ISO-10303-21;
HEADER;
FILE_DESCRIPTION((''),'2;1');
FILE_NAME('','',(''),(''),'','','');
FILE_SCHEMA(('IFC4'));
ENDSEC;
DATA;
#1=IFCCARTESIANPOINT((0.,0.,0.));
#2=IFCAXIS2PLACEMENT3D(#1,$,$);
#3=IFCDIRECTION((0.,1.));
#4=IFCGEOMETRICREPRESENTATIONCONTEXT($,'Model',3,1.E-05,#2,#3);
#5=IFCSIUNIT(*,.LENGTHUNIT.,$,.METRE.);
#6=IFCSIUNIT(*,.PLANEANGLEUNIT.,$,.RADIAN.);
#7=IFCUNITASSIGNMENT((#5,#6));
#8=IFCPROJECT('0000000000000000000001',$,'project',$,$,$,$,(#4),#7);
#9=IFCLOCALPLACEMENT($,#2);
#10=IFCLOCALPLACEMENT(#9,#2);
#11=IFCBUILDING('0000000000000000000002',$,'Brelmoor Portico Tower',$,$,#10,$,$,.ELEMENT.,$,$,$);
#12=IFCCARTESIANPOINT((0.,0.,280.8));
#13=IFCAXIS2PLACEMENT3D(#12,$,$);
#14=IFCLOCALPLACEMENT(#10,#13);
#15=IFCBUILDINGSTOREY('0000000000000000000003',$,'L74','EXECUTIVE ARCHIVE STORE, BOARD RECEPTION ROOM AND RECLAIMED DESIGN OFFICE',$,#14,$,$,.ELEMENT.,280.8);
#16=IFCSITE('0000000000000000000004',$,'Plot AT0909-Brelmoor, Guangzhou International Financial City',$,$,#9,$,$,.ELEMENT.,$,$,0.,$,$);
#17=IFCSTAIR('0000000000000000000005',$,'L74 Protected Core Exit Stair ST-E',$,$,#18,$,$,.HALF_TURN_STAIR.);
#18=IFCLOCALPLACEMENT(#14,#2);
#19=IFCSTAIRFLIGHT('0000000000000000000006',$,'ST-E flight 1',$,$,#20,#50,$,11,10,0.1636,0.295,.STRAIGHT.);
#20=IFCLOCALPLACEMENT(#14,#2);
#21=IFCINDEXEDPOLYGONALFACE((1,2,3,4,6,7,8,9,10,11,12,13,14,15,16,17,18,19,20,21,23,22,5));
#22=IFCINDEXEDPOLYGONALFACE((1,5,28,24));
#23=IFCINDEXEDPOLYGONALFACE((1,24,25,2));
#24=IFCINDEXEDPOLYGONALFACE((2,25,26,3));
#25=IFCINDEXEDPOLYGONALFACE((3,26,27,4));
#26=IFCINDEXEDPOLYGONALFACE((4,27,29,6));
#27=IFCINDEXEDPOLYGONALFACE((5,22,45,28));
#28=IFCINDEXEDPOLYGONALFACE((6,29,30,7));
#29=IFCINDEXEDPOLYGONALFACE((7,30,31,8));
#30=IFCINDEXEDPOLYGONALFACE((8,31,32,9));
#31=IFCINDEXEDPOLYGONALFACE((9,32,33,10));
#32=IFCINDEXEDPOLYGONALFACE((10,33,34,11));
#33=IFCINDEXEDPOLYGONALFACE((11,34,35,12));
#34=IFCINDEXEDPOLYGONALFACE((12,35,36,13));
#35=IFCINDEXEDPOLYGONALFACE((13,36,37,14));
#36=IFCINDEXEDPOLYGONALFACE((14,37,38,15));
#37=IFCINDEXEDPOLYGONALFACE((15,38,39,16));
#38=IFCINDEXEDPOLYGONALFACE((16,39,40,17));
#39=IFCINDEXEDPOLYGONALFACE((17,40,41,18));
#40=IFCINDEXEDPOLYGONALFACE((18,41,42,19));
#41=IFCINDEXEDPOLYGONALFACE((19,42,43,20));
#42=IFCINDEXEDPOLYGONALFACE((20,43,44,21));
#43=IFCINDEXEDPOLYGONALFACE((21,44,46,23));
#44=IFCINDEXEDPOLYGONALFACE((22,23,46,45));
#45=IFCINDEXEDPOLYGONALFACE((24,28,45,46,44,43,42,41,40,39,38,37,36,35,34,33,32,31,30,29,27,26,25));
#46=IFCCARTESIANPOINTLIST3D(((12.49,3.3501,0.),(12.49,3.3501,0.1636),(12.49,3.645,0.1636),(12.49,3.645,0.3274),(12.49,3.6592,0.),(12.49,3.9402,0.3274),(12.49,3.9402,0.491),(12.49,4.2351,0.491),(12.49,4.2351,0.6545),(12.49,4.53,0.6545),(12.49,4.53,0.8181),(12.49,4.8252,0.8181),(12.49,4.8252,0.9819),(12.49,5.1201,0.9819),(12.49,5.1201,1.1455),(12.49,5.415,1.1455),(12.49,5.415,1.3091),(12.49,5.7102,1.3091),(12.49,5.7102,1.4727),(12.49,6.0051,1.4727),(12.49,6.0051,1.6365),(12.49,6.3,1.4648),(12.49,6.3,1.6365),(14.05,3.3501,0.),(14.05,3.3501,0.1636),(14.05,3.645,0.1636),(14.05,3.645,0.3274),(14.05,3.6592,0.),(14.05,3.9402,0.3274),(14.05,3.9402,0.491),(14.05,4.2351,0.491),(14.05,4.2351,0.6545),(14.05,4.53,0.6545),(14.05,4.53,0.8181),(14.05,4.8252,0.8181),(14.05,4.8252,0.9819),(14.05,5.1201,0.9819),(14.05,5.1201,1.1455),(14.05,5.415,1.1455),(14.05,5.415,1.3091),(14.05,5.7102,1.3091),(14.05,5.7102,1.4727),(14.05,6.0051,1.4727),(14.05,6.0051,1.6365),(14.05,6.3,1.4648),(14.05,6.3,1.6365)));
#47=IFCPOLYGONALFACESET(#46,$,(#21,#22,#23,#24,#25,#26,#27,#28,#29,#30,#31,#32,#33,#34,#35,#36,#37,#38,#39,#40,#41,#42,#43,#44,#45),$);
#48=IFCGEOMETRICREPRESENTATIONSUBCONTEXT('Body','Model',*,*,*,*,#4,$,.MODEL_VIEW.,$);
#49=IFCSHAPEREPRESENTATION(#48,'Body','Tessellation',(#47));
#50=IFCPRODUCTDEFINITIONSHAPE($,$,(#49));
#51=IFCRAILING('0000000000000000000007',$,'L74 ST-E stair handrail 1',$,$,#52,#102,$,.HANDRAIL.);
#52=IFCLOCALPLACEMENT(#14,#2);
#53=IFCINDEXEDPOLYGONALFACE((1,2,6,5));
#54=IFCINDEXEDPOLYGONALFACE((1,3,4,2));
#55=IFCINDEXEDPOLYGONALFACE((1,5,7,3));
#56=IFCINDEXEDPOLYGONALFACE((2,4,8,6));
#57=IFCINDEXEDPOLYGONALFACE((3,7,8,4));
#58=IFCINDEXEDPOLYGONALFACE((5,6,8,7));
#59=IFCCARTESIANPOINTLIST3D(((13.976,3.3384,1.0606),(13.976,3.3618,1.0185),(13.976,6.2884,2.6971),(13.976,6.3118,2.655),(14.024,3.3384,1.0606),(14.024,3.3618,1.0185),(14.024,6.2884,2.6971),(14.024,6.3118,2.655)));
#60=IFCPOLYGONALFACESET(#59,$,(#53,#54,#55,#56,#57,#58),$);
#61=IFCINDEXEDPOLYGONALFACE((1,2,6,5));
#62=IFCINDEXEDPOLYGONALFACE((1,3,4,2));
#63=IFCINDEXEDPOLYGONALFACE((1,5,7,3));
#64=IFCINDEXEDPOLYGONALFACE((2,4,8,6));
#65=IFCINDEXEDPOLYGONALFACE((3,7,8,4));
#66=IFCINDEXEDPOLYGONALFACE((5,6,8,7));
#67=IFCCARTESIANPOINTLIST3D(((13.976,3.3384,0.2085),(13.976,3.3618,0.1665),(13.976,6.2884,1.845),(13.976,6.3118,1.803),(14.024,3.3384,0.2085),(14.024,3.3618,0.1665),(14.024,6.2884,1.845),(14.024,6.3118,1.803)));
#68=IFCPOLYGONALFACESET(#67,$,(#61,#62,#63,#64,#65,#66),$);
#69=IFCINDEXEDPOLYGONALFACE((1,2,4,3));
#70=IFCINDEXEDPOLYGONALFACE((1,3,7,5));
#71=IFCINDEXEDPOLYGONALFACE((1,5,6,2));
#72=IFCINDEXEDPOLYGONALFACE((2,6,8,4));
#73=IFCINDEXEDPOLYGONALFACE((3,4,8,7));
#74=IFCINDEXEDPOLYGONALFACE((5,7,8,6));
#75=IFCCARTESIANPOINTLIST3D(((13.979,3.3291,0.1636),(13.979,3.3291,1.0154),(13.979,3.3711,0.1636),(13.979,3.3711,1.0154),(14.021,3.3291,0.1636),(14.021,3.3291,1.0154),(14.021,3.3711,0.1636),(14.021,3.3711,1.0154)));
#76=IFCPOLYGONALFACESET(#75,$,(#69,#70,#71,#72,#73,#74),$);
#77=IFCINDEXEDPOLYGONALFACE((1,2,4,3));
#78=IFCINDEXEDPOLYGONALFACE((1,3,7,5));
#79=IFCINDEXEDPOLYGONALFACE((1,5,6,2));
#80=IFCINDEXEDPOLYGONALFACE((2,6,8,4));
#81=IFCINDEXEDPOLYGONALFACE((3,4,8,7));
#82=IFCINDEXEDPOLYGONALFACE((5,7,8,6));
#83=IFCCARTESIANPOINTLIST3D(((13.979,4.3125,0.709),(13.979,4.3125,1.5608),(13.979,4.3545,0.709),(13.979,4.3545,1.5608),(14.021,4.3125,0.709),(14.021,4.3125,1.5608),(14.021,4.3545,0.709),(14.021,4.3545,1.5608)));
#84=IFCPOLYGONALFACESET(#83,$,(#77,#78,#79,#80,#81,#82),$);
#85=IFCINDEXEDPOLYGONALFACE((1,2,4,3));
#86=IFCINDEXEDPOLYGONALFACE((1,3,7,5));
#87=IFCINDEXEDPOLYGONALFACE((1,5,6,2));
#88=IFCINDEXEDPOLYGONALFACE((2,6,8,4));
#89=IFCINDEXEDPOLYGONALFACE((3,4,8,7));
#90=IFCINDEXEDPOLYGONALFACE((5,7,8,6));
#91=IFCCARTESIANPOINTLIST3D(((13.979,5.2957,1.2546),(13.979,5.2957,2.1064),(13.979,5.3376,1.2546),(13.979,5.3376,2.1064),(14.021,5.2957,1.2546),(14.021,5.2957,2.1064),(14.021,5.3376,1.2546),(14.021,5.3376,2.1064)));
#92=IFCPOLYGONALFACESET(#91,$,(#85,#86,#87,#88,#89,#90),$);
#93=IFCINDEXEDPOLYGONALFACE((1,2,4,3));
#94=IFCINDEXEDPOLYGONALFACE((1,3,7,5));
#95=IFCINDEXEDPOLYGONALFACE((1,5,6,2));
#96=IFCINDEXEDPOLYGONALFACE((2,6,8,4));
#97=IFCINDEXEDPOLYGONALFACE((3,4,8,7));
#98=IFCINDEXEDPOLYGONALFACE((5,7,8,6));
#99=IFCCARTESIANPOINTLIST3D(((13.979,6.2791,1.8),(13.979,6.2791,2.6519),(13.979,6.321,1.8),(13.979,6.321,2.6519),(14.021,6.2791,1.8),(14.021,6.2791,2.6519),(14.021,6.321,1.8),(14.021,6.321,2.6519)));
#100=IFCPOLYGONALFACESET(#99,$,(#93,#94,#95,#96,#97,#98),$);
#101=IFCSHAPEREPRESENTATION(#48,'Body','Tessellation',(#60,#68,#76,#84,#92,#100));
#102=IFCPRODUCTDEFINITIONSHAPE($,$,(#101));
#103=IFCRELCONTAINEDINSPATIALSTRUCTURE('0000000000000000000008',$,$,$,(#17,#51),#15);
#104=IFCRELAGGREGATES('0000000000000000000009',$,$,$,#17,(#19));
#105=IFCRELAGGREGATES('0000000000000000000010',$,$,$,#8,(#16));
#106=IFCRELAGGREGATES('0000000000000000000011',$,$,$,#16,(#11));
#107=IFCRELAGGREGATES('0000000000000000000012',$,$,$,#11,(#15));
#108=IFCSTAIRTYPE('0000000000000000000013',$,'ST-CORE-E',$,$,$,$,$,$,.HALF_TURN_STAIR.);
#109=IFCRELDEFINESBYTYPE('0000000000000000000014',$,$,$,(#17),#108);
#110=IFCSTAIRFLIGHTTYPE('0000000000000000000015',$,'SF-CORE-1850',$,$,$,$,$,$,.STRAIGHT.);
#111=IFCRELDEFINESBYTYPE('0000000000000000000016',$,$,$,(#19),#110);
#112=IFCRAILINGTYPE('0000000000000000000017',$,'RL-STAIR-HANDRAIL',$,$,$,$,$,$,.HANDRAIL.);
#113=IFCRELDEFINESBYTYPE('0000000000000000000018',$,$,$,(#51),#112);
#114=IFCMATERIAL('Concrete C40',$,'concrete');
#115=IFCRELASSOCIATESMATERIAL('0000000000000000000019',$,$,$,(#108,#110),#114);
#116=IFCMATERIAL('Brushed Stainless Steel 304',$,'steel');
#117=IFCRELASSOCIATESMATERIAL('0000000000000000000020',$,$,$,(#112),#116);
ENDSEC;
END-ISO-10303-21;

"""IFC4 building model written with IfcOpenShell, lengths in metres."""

from ifc_helpers import new_model, si_unit, direction, frame, origin, origin_2d, place, context, subcontext, project, spatial, polyline, rectangle, outline, extrude, material, type_object, element, aggregate, save


model = new_model("IFC4")

# Units and contexts
model_context = context("Model", 3, precision=1e-05, world=origin(), true_north=direction((0.0, 1.0)))
body_context = subcontext(model_context, "Body", "Model", "MODEL_VIEW")
ifc_project = project(units=[si_unit("LENGTHUNIT", "METRE"), si_unit("PLANEANGLEUNIT", "RADIAN")], contexts=[model_context])

# Site, building, storey
site_placement = place(None, origin())
site = spatial("IfcSite", under=ifc_project, at=site_placement, Name="Plot AT0909-Brelmoor, Guangzhou International Financial City", CompositionType="ELEMENT", RefElevation=0.0)
building_placement = place(site_placement, origin())
building = spatial("IfcBuilding", under=site, at=building_placement, Name="Brelmoor Portico Tower", CompositionType="ELEMENT")
storey_placement = place(building_placement, frame((0.0, 0.0, 280.8)))
storey = spatial("IfcBuildingStorey", under=building, at=storey_placement, Name="L74", Description="EXECUTIVE ARCHIVE STORE, BOARD RECEPTION ROOM AND RECLAIMED DESIGN OFFICE", CompositionType="ELEMENT", Elevation=280.8)

# Shared definitions
ifc_material_1 = material(Name="Concrete C40", Category="concrete")

# Stair, stair flight
stair_type = type_object("IfcStairType", Name="ST-CORE-E", PredefinedType="HALF_TURN_STAIR", material=ifc_material_1)
stair_placement = place(storey_placement, origin())
stair = element("IfcStair", 1, at=stair_placement, inside=storey, type_object=stair_type, Name="L74 Protected Core Exit Stair ST-E", PredefinedType="HALF_TURN_STAIR")
stair_flight_type = type_object("IfcStairFlightType", Name="SF-CORE-1850", PredefinedType="STRAIGHT", material=ifc_material_1)
stair_flight_placement = place(storey_placement, frame((13.27, 3.3501, 0.0), z_axis=(0.0, 0.0, 1.0), x_axis=(0.0, 1.0, 0.0)))
stair_flight = element("IfcStairFlight", 2, at=stair_flight_placement, type_object=stair_flight_type, Name="ST-E flight 1", NumberOfRisers=11, NumberOfTreads=10, PredefinedType="STRAIGHT", RiserHeight=0.1636, TreadLength=0.295, context=body_context, shape_type="SweptSolid", body=[
    extrude(outline(polyline([(0.0, 0.0), (0.0, 0.1636), (0.2949, 0.1636), (0.2949, 0.3274), (0.5901, 0.3274), (0.5901, 0.491), (0.885, 0.491), (0.885, 0.6545), (1.1799, 0.6545), (1.1799, 0.8181), (1.4751, 0.8181), (1.4751, 0.9819), (1.77, 0.9819), (1.77, 1.1455), (2.0649, 1.1455), (2.0649, 1.3091), (2.3601, 1.3091), (2.3601, 1.4727), (2.655, 1.4727), (2.655, 1.6365), (2.95, 1.6365), (2.95, 1.8), (2.95, 1.4648), (0.3091, 0.0), (0.0, 0.0)])), frame((0.0, 0.78, 0.0), z_axis=(0.0, -1.0, 0.0), x_axis=(1.0, 0.0, 0.0)), (0.0, 0.0, 1.0), 1.5601),
])
aggregate(stair, [stair_flight])

# Railing
ifc_material_2 = material(Name="Brushed Stainless Steel 304", Category="steel")
railing_type = type_object("IfcRailingType", Name="RL-STAIR-HANDRAIL", PredefinedType="HANDRAIL", material=ifc_material_2)
railing_placement = place(storey_placement, frame((14.0, 3.3501, 0.1636)))
element("IfcRailing", 3, at=railing_placement, inside=storey, type_object=railing_type, Name="L74 ST-E stair handrail 1", PredefinedType="HANDRAIL", context=body_context, shape_type="SweptSolid", body=[
    extrude(rectangle(XDim=0.0481, YDim=0.0481, at=origin_2d()), frame((0.0, 0.0, 0.876), z_axis=(0.0, 0.874458, 0.485102), x_axis=(-1.0, 0.0, 0.0)), (0.0, 0.0, 1.0), 3.3735),
    extrude(rectangle(XDim=0.0481, YDim=0.0481, at=origin_2d()), frame((0.0, 0.0, 0.0239), z_axis=(0.0, 0.874458, 0.485102), x_axis=(-1.0, 0.0, 0.0)), (0.0, 0.0, 1.0), 3.3735),
    extrude(rectangle(XDim=0.042, YDim=0.042, at=origin_2d()), origin(), (0.0, 0.0, 1.0), 0.8518),
    extrude(rectangle(XDim=0.042, YDim=0.042, at=origin_2d()), frame((0.0, 0.9834, 0.5454)), (0.0, 0.0, 1.0), 0.8518),
    extrude(rectangle(XDim=0.042, YDim=0.042, at=origin_2d()), frame((0.0, 1.9666, 1.0911)), (0.0, 0.0, 1.0), 0.8518),
    extrude(rectangle(XDim=0.042, YDim=0.042, at=origin_2d()), frame((0.0, 2.95, 1.6365)), (0.0, 0.0, 1.0), 0.8518),
])

save(model, "model.ifc")
